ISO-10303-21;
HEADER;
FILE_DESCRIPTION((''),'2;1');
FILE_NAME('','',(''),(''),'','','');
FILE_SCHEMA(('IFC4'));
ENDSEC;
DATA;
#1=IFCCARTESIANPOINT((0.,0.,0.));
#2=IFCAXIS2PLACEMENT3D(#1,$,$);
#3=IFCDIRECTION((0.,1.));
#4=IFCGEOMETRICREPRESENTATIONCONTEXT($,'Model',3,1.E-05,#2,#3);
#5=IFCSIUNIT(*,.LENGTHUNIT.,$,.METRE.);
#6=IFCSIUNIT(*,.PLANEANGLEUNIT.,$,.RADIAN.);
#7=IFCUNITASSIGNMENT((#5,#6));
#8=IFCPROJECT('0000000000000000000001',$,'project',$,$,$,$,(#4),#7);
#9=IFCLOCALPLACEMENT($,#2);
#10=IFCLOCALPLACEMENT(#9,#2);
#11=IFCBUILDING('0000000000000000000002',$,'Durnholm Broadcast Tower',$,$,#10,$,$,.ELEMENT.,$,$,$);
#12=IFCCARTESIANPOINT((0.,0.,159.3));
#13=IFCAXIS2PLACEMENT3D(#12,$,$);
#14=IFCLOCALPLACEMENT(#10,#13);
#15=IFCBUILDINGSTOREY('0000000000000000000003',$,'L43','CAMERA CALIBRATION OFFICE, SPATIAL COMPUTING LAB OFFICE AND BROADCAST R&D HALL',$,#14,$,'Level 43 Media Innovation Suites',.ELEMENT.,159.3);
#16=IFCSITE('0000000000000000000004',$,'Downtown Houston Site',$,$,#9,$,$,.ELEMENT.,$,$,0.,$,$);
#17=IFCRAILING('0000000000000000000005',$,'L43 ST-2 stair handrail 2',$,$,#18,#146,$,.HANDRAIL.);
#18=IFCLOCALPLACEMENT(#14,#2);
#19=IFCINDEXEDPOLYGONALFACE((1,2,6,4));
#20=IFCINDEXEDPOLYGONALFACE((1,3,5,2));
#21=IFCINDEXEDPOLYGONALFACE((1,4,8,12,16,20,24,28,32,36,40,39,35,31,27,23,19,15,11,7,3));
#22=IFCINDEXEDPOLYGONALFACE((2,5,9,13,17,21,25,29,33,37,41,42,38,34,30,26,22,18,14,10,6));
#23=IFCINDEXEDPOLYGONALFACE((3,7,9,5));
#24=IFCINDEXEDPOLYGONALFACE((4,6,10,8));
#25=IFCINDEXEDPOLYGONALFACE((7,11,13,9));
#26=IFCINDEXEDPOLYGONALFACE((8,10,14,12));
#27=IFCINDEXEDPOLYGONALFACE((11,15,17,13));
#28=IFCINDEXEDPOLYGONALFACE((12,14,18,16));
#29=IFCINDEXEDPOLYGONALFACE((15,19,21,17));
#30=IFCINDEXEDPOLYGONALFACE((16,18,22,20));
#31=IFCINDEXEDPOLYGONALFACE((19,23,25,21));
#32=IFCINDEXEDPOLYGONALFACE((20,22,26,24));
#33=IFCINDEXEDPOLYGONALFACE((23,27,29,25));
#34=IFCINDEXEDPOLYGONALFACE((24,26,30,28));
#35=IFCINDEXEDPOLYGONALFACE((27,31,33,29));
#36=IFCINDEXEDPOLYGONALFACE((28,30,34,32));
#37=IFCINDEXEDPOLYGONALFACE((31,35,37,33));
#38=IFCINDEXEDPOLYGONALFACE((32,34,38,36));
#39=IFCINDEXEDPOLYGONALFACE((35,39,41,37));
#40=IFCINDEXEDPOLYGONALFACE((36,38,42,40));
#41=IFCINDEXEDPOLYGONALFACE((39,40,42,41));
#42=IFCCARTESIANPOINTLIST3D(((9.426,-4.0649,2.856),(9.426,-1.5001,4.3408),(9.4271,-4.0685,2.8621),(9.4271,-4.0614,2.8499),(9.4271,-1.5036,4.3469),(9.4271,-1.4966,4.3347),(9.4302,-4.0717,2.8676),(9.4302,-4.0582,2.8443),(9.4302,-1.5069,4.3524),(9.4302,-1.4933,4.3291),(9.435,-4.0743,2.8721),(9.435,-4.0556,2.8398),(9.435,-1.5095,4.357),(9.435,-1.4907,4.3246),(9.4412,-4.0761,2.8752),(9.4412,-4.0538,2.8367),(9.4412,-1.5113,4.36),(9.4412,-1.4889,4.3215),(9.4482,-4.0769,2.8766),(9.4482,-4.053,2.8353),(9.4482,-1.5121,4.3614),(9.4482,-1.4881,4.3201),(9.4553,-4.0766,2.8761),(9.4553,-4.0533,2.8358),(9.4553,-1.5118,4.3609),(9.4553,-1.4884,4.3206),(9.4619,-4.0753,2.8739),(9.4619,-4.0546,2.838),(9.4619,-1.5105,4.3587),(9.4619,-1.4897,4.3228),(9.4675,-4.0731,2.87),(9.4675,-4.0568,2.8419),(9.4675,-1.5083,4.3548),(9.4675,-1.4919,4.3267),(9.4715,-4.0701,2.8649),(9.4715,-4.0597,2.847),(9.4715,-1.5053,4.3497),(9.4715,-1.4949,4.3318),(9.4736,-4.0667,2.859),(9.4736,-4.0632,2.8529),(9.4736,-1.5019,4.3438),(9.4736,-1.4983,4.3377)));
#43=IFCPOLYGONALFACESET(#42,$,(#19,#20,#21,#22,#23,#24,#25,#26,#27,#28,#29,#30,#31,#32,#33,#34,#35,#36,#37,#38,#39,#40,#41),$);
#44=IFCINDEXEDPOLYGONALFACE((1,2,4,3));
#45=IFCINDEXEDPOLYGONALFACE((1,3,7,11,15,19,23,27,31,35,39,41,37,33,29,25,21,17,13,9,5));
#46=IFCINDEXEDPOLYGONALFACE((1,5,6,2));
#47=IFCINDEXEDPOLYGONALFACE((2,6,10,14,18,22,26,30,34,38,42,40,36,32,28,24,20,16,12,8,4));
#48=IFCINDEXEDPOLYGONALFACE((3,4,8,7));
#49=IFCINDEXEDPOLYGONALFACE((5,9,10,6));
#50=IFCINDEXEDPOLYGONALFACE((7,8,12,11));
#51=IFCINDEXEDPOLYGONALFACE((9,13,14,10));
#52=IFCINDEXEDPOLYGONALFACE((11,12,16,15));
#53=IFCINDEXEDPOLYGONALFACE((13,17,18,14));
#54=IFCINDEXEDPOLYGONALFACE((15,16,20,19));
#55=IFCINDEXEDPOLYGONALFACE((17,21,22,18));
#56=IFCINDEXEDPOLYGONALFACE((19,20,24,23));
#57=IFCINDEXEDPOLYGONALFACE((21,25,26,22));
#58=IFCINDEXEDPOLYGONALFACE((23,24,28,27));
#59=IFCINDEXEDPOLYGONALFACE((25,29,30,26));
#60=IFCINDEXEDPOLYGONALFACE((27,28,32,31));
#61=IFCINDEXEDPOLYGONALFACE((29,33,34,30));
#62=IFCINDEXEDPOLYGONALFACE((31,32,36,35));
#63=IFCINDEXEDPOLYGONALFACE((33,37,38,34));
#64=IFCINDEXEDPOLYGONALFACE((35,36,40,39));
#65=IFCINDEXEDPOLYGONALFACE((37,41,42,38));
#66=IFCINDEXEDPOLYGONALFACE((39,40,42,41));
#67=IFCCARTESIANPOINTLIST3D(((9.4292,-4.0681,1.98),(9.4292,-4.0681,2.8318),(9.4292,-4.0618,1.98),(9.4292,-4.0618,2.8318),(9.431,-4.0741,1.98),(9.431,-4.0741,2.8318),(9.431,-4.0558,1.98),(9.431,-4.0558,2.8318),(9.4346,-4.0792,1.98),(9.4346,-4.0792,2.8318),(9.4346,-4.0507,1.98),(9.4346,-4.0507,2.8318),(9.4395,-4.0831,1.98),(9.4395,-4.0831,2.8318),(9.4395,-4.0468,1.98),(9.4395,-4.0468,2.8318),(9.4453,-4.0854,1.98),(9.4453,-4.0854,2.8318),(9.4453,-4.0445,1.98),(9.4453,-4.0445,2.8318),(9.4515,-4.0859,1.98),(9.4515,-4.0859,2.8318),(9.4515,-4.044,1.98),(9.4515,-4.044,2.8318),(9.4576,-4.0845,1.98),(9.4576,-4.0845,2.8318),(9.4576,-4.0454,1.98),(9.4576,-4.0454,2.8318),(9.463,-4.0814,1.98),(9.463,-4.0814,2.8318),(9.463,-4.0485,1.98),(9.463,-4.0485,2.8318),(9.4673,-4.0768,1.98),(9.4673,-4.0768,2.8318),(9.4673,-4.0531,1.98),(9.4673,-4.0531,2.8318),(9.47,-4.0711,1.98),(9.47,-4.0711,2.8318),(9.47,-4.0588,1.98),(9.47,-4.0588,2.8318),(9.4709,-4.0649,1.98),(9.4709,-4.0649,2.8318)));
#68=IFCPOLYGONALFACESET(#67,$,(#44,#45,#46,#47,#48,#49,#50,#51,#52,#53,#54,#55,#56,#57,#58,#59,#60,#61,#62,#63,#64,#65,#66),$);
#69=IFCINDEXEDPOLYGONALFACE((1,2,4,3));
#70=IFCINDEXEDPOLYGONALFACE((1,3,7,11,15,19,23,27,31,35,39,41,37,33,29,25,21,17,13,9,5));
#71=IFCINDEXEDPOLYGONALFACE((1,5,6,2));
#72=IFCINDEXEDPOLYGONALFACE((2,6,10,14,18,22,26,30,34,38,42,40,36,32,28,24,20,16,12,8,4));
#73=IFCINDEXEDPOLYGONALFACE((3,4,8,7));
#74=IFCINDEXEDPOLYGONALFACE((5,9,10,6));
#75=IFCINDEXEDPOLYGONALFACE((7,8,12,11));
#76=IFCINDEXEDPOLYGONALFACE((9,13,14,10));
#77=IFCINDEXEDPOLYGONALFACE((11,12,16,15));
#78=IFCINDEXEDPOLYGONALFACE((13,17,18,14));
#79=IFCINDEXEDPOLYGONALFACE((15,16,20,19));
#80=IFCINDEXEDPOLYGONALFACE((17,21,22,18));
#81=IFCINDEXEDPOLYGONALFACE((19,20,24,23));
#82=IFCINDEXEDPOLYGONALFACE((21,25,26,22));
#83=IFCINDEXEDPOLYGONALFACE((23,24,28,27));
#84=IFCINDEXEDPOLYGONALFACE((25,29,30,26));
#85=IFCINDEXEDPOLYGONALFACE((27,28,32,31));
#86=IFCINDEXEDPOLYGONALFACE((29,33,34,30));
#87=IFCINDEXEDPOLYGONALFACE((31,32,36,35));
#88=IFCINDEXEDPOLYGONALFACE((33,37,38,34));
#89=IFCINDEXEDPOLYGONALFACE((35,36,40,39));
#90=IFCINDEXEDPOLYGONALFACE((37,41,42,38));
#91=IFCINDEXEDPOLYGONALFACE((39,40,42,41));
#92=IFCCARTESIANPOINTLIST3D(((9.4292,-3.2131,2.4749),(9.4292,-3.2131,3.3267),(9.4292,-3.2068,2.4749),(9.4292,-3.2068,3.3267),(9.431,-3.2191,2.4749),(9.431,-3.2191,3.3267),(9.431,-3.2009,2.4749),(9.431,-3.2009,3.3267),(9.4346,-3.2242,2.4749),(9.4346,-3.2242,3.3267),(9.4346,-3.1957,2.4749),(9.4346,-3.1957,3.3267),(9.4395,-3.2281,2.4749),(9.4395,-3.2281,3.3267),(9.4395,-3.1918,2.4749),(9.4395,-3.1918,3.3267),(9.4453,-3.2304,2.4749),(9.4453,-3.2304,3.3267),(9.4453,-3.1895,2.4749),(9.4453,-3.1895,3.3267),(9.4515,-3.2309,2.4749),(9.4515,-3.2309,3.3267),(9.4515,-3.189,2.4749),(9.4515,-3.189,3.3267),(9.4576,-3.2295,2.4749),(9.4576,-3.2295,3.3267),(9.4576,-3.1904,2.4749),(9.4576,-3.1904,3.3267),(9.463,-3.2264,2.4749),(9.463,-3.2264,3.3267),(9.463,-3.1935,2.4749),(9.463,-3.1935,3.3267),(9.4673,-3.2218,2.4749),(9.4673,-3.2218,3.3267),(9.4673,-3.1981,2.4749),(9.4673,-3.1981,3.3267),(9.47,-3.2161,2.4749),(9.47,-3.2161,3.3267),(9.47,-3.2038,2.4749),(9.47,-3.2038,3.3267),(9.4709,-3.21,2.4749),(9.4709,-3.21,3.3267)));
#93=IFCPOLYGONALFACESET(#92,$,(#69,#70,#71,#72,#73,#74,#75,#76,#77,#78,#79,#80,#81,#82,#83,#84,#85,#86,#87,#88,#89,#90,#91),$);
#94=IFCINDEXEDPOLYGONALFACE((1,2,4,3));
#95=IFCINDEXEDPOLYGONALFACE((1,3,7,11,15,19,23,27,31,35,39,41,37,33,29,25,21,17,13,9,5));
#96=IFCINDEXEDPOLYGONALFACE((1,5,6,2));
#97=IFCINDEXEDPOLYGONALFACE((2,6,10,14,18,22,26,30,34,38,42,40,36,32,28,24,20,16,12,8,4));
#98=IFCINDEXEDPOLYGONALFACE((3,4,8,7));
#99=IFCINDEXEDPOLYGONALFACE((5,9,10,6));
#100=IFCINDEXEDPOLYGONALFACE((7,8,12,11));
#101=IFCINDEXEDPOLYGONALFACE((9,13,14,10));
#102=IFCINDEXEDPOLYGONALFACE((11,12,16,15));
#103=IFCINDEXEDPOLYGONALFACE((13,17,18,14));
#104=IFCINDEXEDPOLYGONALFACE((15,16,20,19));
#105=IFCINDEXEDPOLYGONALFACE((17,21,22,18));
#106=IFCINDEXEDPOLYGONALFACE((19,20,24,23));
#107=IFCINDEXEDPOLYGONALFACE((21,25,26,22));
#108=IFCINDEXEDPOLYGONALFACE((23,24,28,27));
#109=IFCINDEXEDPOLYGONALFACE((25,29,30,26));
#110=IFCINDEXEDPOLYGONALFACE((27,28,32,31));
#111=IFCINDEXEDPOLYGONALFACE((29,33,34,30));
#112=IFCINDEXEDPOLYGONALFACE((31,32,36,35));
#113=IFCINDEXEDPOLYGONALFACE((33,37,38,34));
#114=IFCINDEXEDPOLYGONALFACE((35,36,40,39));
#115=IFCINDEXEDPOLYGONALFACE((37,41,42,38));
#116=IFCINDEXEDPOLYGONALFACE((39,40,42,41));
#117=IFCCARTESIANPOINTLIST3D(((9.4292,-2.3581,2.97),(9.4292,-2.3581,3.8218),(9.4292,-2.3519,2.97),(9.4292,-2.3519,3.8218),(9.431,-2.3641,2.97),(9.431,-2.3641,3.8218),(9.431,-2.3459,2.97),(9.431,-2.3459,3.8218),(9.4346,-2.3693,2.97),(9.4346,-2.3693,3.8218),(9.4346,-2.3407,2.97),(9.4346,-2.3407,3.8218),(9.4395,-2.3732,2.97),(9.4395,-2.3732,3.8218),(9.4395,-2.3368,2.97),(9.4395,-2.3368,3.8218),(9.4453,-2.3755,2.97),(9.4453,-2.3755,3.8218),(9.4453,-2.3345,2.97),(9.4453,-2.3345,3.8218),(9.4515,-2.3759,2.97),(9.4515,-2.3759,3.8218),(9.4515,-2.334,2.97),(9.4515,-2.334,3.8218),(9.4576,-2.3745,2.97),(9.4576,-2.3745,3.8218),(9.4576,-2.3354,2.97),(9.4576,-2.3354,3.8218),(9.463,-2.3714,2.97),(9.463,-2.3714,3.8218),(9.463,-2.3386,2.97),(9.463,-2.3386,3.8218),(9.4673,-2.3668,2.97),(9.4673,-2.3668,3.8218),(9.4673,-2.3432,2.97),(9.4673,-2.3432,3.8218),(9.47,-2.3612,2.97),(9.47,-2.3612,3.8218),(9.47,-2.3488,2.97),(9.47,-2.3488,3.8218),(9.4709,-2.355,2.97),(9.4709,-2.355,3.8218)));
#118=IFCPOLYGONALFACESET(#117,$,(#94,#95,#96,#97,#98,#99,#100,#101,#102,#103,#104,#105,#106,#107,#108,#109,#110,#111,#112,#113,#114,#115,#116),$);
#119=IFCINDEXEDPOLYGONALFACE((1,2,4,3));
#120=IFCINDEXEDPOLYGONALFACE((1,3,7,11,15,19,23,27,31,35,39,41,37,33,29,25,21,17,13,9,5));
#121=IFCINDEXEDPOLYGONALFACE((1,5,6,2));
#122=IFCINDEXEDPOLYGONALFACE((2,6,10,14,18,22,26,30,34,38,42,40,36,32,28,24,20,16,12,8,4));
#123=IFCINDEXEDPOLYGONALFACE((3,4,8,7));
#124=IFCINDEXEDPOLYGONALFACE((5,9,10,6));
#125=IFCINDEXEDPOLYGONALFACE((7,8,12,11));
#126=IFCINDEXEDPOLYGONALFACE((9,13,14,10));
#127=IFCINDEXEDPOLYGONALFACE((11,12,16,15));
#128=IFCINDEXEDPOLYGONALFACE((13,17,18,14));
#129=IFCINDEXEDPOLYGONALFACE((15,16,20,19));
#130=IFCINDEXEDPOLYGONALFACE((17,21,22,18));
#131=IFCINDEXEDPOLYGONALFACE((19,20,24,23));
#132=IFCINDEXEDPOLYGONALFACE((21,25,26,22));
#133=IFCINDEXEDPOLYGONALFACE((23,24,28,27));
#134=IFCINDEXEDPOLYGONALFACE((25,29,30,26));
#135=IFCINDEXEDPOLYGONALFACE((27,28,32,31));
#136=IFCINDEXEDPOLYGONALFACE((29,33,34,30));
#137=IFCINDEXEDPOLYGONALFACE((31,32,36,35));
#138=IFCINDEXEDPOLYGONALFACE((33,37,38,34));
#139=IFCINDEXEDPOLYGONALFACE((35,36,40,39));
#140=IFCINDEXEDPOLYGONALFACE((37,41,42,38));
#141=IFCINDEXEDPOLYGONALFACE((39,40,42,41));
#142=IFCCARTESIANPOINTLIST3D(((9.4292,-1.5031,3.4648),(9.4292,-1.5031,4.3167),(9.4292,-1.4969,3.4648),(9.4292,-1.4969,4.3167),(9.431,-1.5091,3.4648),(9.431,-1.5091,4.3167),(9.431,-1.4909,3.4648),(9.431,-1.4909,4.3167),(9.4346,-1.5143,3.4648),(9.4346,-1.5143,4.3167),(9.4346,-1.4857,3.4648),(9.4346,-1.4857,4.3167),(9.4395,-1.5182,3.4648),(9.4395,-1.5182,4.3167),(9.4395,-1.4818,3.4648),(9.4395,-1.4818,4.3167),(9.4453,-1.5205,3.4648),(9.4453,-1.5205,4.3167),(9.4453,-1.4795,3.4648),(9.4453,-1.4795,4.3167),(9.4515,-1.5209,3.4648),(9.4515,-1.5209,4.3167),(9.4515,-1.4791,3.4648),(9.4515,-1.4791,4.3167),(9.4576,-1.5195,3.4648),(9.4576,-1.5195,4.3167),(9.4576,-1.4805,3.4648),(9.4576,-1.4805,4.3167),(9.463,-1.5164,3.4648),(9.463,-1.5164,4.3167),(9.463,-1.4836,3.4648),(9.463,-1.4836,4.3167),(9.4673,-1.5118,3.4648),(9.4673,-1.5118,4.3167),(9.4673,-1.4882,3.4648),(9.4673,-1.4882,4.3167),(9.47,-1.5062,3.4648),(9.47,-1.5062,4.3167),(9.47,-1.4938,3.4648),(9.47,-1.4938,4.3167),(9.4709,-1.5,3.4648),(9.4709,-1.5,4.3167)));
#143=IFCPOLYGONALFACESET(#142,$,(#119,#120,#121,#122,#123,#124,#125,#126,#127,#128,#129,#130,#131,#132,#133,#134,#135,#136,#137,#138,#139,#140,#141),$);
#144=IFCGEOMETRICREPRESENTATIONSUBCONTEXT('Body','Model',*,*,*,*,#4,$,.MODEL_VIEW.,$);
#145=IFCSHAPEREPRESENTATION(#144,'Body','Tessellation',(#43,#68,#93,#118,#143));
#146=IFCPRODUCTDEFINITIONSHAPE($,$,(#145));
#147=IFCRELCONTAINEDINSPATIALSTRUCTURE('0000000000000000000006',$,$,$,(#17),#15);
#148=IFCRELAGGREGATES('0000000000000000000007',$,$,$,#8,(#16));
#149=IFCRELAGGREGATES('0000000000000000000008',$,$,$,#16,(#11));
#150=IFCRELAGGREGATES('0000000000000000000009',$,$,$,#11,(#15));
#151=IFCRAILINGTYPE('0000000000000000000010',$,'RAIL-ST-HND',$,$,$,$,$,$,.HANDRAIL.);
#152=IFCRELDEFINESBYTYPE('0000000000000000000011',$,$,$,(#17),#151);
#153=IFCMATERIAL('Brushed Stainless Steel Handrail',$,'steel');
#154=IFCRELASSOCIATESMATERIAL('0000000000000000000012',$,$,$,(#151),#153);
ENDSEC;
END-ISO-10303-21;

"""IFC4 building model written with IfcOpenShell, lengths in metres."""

from ifc_helpers import new_model, si_unit, direction, frame, origin, origin_2d, place, context, subcontext, project, spatial, circle, extrude, material, type_object, element, save


model = new_model("IFC4")

# Units and contexts
model_context = context("Model", 3, precision=1e-05, world=origin(), true_north=direction((0.0, 1.0)))
body_context = subcontext(model_context, "Body", "Model", "MODEL_VIEW")
ifc_project = project(units=[si_unit("LENGTHUNIT", "METRE"), si_unit("PLANEANGLEUNIT", "RADIAN")], contexts=[model_context])

# Site, building, storey
site_placement = place(None, origin())
site = spatial("IfcSite", under=ifc_project, at=site_placement, Name="Downtown Houston Site", CompositionType="ELEMENT", RefElevation=0.0)
building_placement = place(site_placement, origin())
building = spatial("IfcBuilding", under=site, at=building_placement, Name="Durnholm Broadcast Tower", CompositionType="ELEMENT")
storey_placement = place(building_placement, frame((0.0, 0.0, 159.3)))
storey = spatial("IfcBuildingStorey", under=building, at=storey_placement, Name="L43", Description="CAMERA CALIBRATION OFFICE, SPATIAL COMPUTING LAB OFFICE AND BROADCAST R&D HALL", LongName="Level 43 Media Innovation Suites", CompositionType="ELEMENT", Elevation=159.3)

# Railing
ifc_material_1 = material(Name="Brushed Stainless Steel Handrail", Category="steel")
railing_type_1 = type_object("IfcRailingType", Name="RAIL-ST-HND", PredefinedType="HANDRAIL", material=ifc_material_1)
railing_1_placement = place(storey_placement, frame((9.45, -4.0649, 1.98)))
element("IfcRailing", 1, at=railing_1_placement, inside=storey, type_object=railing_type_1, Name="L43 ST-2 stair handrail 2", PredefinedType="HANDRAIL", context=body_context, shape_type="SweptSolid", body=[
    extrude(circle(Radius=0.0239, at=origin_2d()), frame((0.0, 0.0, 0.876), z_axis=(0.0, 0.865441, 0.50101), x_axis=(-1.0, 0.0, 0.0)), (0.0, 0.0, 1.0), 2.9636),
    extrude(circle(Radius=0.021, at=origin_2d()), origin(), (0.0, 0.0, 1.0), 0.8518),
    extrude(circle(Radius=0.021, at=origin_2d()), frame((0.0, 0.855, 0.4949)), (0.0, 0.0, 1.0), 0.8518),
    extrude(circle(Radius=0.021, at=origin_2d()), frame((0.0, 1.71, 0.99)), (0.0, 0.0, 1.0), 0.8518),
    extrude(circle(Radius=0.021, at=origin_2d()), frame((0.0, 2.5649, 1.4849)), (0.0, 0.0, 1.0), 0.8518),
])

save(model, "model.ifc")
